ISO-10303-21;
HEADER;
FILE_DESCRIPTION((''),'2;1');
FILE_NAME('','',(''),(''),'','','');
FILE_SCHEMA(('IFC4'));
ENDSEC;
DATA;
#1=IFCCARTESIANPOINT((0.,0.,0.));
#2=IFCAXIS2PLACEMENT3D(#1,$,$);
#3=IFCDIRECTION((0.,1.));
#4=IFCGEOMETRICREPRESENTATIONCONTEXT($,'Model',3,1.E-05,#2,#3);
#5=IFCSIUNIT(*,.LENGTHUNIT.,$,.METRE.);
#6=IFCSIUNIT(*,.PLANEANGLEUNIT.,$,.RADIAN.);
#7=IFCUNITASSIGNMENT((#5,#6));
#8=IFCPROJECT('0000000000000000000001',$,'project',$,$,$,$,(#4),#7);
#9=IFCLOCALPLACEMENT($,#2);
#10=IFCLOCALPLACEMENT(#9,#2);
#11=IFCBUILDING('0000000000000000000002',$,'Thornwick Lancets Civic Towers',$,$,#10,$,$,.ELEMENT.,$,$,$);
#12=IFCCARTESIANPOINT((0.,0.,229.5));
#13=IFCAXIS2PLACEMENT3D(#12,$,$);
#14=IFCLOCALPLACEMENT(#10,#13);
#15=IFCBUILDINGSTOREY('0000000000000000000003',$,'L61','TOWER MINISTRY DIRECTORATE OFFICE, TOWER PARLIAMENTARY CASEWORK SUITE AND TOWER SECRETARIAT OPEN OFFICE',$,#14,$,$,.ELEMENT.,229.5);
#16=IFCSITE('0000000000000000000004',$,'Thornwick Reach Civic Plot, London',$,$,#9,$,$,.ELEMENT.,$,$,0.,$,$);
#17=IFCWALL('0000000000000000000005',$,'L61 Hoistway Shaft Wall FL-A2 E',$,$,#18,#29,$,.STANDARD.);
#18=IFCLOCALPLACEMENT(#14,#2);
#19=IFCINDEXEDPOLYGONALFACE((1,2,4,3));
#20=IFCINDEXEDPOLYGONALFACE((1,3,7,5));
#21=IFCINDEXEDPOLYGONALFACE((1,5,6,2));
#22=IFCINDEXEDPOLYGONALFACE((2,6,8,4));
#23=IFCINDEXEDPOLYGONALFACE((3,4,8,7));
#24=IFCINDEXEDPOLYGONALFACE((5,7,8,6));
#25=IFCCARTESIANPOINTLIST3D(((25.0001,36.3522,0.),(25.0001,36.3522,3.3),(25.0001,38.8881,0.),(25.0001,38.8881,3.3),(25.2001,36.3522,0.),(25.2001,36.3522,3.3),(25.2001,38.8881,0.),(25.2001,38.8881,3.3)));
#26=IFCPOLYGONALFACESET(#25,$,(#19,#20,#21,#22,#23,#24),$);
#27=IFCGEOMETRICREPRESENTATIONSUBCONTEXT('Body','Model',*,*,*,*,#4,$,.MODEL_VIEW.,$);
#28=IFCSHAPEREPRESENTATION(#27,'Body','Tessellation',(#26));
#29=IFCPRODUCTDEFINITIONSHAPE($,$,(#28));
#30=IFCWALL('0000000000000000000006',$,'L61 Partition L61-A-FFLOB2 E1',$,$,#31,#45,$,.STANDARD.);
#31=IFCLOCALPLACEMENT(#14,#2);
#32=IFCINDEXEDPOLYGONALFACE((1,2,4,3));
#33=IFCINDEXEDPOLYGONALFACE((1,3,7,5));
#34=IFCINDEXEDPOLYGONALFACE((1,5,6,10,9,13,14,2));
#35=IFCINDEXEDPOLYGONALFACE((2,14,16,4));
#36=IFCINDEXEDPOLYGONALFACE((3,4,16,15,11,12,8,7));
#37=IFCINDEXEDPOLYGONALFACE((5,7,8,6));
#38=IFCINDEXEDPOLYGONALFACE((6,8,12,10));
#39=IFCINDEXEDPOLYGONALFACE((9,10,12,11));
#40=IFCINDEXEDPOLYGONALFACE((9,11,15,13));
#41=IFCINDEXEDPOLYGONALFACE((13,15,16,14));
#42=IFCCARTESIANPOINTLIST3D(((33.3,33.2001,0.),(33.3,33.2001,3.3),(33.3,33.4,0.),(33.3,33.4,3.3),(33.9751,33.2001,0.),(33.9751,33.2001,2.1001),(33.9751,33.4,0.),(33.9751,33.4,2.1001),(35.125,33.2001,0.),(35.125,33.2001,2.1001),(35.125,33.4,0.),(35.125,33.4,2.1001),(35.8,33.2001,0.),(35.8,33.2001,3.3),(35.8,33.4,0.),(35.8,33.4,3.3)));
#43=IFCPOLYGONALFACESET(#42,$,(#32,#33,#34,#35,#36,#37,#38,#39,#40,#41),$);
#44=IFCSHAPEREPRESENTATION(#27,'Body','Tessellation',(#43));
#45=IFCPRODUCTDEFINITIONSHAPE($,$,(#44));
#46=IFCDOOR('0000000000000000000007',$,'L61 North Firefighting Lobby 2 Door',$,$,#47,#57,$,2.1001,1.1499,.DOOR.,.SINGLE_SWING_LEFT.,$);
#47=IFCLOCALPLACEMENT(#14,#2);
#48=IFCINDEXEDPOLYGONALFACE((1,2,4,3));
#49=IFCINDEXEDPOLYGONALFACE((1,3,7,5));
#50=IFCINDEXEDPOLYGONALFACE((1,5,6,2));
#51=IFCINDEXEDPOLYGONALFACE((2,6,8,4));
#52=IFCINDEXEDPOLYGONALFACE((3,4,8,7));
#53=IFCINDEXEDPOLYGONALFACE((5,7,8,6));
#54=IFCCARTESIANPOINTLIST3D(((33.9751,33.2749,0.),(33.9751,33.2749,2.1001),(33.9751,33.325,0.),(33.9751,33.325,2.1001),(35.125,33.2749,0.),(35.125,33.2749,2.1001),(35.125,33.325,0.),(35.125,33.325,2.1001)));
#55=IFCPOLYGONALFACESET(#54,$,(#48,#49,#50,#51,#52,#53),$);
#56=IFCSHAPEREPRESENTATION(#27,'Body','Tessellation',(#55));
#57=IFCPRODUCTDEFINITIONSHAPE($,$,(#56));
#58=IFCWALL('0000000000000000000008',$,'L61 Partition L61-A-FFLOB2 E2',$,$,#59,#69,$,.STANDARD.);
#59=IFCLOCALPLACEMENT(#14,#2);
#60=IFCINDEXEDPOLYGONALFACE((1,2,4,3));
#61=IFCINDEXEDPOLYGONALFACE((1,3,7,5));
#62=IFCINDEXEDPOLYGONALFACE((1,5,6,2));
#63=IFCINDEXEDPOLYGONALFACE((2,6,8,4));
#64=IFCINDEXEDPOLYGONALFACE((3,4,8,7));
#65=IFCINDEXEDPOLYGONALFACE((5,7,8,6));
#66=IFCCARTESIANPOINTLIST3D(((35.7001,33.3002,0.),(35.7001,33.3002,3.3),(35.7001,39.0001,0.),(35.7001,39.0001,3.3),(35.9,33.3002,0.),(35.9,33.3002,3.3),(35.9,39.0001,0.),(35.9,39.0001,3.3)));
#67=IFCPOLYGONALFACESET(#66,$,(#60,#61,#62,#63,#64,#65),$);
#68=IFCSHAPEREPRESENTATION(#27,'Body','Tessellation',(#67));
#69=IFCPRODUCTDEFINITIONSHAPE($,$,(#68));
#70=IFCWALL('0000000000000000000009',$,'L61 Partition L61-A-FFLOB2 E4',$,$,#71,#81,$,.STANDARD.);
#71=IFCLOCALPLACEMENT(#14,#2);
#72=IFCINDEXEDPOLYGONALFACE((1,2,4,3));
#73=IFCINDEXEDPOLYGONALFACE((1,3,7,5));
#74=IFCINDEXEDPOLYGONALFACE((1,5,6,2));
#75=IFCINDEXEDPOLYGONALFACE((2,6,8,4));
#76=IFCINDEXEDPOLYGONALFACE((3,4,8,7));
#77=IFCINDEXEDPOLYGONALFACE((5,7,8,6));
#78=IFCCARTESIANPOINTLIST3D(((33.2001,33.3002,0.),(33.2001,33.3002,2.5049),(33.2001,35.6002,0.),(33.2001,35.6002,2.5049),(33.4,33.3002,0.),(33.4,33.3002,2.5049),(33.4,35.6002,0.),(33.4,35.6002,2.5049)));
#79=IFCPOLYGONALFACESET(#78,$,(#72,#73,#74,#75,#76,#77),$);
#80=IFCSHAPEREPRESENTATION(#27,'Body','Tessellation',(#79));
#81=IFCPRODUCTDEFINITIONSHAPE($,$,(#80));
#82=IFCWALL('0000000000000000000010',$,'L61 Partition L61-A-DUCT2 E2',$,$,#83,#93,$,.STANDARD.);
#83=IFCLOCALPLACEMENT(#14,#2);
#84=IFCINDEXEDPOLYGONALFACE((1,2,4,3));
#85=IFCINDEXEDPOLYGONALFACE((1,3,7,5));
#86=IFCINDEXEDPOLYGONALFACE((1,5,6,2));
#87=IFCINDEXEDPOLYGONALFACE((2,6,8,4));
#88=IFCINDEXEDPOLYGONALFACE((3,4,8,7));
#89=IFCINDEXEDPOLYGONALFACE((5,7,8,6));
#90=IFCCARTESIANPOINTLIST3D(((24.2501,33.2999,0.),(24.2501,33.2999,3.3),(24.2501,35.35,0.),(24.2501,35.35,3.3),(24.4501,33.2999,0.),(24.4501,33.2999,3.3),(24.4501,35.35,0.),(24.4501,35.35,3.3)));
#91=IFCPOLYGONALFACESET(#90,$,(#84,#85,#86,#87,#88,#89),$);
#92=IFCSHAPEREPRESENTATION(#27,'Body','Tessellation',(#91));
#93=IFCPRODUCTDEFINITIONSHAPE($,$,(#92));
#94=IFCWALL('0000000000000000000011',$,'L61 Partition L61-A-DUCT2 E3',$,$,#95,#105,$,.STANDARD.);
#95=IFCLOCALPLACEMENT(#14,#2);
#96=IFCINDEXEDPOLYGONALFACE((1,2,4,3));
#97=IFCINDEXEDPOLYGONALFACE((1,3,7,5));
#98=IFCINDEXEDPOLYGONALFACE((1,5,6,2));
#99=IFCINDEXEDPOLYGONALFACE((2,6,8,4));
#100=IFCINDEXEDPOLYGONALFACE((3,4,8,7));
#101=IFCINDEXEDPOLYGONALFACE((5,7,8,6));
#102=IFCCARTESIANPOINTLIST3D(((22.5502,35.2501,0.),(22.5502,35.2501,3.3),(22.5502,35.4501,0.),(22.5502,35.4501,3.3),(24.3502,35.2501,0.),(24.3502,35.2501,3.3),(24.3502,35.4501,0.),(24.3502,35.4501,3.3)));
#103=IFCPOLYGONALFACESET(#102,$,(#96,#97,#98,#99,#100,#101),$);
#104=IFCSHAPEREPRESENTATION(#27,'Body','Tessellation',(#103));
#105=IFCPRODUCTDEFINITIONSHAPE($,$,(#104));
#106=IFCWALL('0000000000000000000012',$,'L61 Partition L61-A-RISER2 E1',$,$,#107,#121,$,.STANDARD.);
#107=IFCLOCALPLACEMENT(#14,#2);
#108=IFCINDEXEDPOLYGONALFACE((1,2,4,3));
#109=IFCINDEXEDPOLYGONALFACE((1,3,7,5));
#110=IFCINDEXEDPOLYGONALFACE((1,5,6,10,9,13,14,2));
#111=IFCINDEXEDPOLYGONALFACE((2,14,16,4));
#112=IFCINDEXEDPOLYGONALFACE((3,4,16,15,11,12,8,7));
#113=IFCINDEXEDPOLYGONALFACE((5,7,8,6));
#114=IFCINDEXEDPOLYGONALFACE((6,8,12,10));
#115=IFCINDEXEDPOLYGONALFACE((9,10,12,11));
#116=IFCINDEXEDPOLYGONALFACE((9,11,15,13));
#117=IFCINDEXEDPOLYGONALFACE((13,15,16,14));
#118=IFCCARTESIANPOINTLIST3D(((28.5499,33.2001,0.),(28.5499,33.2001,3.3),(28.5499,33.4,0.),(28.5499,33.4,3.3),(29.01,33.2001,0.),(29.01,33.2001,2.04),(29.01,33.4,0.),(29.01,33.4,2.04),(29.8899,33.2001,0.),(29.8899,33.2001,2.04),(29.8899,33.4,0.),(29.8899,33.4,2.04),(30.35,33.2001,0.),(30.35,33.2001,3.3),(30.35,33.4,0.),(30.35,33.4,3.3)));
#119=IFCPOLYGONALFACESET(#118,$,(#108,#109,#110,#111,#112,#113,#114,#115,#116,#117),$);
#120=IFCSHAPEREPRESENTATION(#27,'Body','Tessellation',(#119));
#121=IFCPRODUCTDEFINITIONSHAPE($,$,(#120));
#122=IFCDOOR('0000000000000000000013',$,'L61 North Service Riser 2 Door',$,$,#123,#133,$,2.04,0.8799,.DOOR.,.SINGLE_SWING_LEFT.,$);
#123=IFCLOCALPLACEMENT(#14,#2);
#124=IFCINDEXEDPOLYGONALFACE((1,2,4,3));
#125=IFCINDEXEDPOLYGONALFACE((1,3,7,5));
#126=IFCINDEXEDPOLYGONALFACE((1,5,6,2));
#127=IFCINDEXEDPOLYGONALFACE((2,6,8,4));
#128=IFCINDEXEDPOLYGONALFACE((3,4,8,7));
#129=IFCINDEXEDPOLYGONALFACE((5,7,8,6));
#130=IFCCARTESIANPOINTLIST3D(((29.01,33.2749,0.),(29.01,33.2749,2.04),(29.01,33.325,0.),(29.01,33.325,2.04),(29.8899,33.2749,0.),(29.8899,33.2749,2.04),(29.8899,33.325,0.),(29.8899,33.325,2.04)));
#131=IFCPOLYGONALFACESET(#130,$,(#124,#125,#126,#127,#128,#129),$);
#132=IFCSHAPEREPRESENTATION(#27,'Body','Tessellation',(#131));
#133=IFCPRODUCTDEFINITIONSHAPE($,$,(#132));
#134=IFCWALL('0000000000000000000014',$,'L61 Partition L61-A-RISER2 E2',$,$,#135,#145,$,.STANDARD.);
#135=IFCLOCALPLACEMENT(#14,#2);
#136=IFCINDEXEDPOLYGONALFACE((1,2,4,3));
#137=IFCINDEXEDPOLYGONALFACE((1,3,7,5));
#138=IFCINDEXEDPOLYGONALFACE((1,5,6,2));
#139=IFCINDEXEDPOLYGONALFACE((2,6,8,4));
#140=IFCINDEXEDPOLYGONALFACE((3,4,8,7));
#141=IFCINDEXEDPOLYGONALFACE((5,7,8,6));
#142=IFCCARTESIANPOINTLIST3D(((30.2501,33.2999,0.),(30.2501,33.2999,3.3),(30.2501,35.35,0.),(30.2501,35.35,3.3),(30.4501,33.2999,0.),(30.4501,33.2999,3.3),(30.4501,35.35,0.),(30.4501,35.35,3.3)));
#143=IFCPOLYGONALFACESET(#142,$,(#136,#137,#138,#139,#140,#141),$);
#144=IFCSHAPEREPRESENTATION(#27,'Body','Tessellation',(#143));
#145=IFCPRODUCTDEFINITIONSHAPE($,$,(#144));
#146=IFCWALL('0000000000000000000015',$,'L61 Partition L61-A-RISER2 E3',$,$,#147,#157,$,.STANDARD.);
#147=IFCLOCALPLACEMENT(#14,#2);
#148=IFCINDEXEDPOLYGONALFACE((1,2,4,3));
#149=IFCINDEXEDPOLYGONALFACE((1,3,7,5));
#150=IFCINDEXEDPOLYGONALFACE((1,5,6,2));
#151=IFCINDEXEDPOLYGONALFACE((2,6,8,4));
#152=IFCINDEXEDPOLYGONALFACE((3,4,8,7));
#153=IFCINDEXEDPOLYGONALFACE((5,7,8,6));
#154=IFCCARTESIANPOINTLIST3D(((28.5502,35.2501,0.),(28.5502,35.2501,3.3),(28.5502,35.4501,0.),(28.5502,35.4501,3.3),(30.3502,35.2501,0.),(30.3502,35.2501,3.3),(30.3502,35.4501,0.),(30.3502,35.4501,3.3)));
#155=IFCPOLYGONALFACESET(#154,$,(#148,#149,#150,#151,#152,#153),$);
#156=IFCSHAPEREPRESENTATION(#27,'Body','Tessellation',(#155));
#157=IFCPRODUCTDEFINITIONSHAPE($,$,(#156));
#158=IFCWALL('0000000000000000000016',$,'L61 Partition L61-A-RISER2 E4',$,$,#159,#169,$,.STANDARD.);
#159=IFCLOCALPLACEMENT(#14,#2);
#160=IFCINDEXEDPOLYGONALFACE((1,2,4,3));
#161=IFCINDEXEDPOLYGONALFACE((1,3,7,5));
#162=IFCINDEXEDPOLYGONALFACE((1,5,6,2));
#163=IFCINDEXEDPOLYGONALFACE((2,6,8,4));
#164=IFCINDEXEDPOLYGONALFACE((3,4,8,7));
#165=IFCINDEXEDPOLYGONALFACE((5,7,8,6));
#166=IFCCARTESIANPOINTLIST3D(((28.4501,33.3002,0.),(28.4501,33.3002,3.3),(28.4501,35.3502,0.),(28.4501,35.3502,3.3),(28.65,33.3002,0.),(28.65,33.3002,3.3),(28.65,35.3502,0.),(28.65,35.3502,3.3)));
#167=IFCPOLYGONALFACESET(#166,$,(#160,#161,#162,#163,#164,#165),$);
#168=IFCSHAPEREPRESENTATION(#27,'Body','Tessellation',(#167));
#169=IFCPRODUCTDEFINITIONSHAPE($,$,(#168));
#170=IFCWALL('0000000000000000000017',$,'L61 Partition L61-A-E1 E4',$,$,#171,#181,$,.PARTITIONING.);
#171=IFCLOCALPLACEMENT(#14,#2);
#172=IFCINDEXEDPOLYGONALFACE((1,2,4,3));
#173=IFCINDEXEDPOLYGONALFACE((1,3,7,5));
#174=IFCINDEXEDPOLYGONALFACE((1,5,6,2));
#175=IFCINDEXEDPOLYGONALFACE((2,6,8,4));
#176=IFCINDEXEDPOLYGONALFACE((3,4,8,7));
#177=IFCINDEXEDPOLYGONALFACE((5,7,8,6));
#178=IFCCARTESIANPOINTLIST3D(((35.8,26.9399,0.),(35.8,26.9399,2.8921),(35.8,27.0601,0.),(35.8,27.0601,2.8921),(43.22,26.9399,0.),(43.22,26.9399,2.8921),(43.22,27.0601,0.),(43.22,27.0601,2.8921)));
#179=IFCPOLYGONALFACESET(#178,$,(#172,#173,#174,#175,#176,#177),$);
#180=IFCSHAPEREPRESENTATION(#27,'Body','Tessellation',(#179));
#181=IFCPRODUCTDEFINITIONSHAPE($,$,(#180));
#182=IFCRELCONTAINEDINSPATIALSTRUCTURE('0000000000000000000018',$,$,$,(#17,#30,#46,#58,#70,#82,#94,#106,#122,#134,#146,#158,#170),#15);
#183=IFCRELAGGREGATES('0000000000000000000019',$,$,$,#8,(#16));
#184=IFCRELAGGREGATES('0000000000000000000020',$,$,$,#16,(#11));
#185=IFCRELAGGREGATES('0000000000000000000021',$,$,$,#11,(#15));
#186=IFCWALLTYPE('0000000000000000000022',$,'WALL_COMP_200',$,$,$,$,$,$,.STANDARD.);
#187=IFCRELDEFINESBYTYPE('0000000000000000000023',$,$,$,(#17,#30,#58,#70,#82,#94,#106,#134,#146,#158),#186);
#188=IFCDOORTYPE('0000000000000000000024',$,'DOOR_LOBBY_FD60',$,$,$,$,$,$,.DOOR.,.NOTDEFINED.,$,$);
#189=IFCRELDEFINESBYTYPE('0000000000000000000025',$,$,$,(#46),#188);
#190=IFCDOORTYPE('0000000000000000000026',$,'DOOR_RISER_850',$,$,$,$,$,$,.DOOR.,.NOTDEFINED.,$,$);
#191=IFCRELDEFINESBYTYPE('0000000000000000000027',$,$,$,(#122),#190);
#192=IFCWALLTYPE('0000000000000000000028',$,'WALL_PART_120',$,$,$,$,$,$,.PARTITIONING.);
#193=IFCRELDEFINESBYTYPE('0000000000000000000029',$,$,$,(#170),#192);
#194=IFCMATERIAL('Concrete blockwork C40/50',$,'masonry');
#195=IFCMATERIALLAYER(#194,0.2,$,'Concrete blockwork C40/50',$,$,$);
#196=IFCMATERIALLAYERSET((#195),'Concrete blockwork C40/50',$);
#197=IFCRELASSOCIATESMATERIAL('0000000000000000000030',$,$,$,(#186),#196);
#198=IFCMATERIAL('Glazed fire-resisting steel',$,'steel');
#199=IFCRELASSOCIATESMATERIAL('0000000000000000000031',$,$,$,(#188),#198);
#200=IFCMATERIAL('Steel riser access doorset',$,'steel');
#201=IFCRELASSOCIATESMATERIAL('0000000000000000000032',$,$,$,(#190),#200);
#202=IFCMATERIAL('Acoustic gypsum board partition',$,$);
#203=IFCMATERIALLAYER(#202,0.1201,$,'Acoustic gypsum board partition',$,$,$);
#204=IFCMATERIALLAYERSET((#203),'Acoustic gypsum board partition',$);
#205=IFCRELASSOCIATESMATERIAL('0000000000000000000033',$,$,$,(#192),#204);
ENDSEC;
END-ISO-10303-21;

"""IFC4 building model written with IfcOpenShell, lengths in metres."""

from ifc_helpers import new_model, si_unit, direction, frame, frame_2d, origin, place, context, subcontext, project, spatial, rectangle, extrude, material, layer, layer_set, type_object, element, fill, save


model = new_model("IFC4")

# Units and contexts
model_context = context("Model", 3, precision=1e-05, world=origin(), true_north=direction((0.0, 1.0)))
body_context = subcontext(model_context, "Body", "Model", "MODEL_VIEW")
ifc_project = project(units=[si_unit("LENGTHUNIT", "METRE"), si_unit("PLANEANGLEUNIT", "RADIAN")], contexts=[model_context])

# Site, building, storey
site_placement = place(None, origin())
site = spatial("IfcSite", under=ifc_project, at=site_placement, Name="Thornwick Reach Civic Plot, London", CompositionType="ELEMENT", RefElevation=0.0)
building_placement = place(site_placement, origin())
building = spatial("IfcBuilding", under=site, at=building_placement, Name="Thornwick Lancets Civic Towers", CompositionType="ELEMENT")
storey_placement = place(building_placement, frame((0.0, 0.0, 229.5)))
storey = spatial("IfcBuildingStorey", under=building, at=storey_placement, Name="L61", Description="TOWER MINISTRY DIRECTORATE OFFICE, TOWER PARLIAMENTARY CASEWORK SUITE AND TOWER SECRETARIAT OPEN OFFICE", CompositionType="ELEMENT", Elevation=229.5)

# Wall
ifc_material_1 = material(Name="Concrete blockwork C40/50", Category="masonry")
ifc_layer_1 = layer(ifc_material_1, 0.2, Name="Concrete blockwork C40/50")
ifc_layer_set_1 = layer_set([ifc_layer_1], Name="Concrete blockwork C40/50")
wall_type_1 = type_object("IfcWallType", Name="WALL_COMP_200", PredefinedType="STANDARD", material=ifc_layer_set_1)
wall_1_placement = place(storey_placement, frame((25.1001, 36.3521, 0.0), z_axis=(0.0, 0.0, 1.0), x_axis=(0.0, 1.0, 0.0)))
element("IfcWall", 1, at=wall_1_placement, inside=storey, type_object=wall_type_1, Name="L61 Hoistway Shaft Wall FL-A2 E", PredefinedType="STANDARD", context=body_context, shape_type="SweptSolid", body=[
    extrude(rectangle(XDim=2.5359, YDim=0.2, at=frame_2d((1.2681, 0.0))), origin(), (0.0, 0.0, 1.0), 3.3),
])

# Wall, opening, door
wall_2_placement = place(storey_placement, frame((33.3, 33.3, 0.0), z_axis=(0.0, 0.0, 1.0), x_axis=(1.0, 0.0, 0.0)))
wall_2 = element("IfcWall", 2, at=wall_2_placement, inside=storey, type_object=wall_type_1, Name="L61 Partition L61-A-FFLOB2 E1", PredefinedType="STANDARD", context=body_context, shape_type="SweptSolid", body=[
    extrude(rectangle(XDim=2.5, YDim=0.2, at=frame_2d((1.25, 0.0))), origin(), (0.0, 0.0, 1.0), 3.3),
])
opening_1_placement = place(wall_2_placement, frame((0.675, 0.0, 0.0)))
opening_1 = element("IfcOpeningElement", 3, at=opening_1_placement, cuts=wall_2, PredefinedType="OPENING", context=body_context, shape_type="SweptSolid", body=[
    extrude(rectangle(XDim=1.1499, YDim=2.1001, at=frame_2d((0.575, 1.05))), frame((0.0, 0.1099, 0.0), z_axis=(0.0, -1.0, 0.0), x_axis=(1.0, 0.0, 0.0)), (0.0, 0.0, 1.0), 0.22),
])
ifc_material_2 = material(Name="Glazed fire-resisting steel", Category="steel")
door_type_1 = type_object("IfcDoorType", Name="DOOR_LOBBY_FD60", OperationType="NOTDEFINED", PredefinedType="DOOR", material=ifc_material_2)
door_1_placement = place(opening_1_placement, origin())
door_1 = element("IfcDoor", 4, at=door_1_placement, inside=storey, type_object=door_type_1, Name="L61 North Firefighting Lobby 2 Door", OperationType="SINGLE_SWING_LEFT", OverallHeight=2.1001, OverallWidth=1.1499, PredefinedType="DOOR", context=body_context, shape_type="SweptSolid", body=[
    extrude(rectangle(XDim=1.1499, YDim=2.1001, at=frame_2d((0.575, 1.05))), frame((0.0, 0.0249, 0.0), z_axis=(0.0, -1.0, 0.0), x_axis=(1.0, 0.0, 0.0)), (0.0, 0.0, 1.0), 0.05),
])
fill(opening_1, door_1)

# Walls
wall_3_placement = place(storey_placement, frame((35.8, 33.3, 0.0), z_axis=(0.0, 0.0, 1.0), x_axis=(0.0, 1.0, 0.0)))
element("IfcWall", 5, at=wall_3_placement, inside=storey, type_object=wall_type_1, Name="L61 Partition L61-A-FFLOB2 E2", PredefinedType="STANDARD", context=body_context, shape_type="SweptSolid", body=[
    extrude(rectangle(XDim=5.7, YDim=0.2, at=frame_2d((2.8501, 0.0))), origin(), (0.0, 0.0, 1.0), 3.3),
])
wall_4_placement = place(storey_placement, frame((33.3, 35.6001, 0.0), z_axis=(0.0, 0.0, 1.0), x_axis=(0.0, -1.0, 0.0)))
element("IfcWall", 6, at=wall_4_placement, inside=storey, type_object=wall_type_1, Name="L61 Partition L61-A-FFLOB2 E4", PredefinedType="STANDARD", context=body_context, shape_type="SweptSolid", body=[
    extrude(rectangle(XDim=2.3, YDim=0.2, at=frame_2d((1.1499, 0.0))), origin(), (0.0, 0.0, 1.0), 2.5049),
])
wall_5_placement = place(storey_placement, frame((24.3501, 33.3, 0.0), z_axis=(0.0, 0.0, 1.0), x_axis=(0.0, 1.0, 0.0)))
element("IfcWall", 7, at=wall_5_placement, inside=storey, type_object=wall_type_1, Name="L61 Partition L61-A-DUCT2 E2", PredefinedType="STANDARD", context=body_context, shape_type="SweptSolid", body=[
    extrude(rectangle(XDim=2.05, YDim=0.2, at=frame_2d((1.0249, 0.0))), origin(), (0.0, 0.0, 1.0), 3.3),
])
wall_6_placement = place(storey_placement, frame((24.3501, 35.3501, 0.0), z_axis=(0.0, 0.0, 1.0), x_axis=(-1.0, 0.0, 0.0)))
element("IfcWall", 8, at=wall_6_placement, inside=storey, type_object=wall_type_1, Name="L61 Partition L61-A-DUCT2 E3", PredefinedType="STANDARD", context=body_context, shape_type="SweptSolid", body=[
    extrude(rectangle(XDim=1.8, YDim=0.2, at=frame_2d((0.8999, 0.0))), origin(), (0.0, 0.0, 1.0), 3.3),
])

# Wall, opening, door
wall_7_placement = place(storey_placement, frame((28.55, 33.3, 0.0), z_axis=(0.0, 0.0, 1.0), x_axis=(1.0, 0.0, 0.0)))
wall_7 = element("IfcWall", 9, at=wall_7_placement, inside=storey, type_object=wall_type_1, Name="L61 Partition L61-A-RISER2 E1", PredefinedType="STANDARD", context=body_context, shape_type="SweptSolid", body=[
    extrude(rectangle(XDim=1.8, YDim=0.2, at=frame_2d((0.8999, 0.0))), origin(), (0.0, 0.0, 1.0), 3.3),
])
opening_2_placement = place(wall_7_placement, frame((0.46, 0.0, 0.0)))
opening_2 = element("IfcOpeningElement", 10, at=opening_2_placement, cuts=wall_7, PredefinedType="OPENING", context=body_context, shape_type="SweptSolid", body=[
    extrude(rectangle(XDim=0.8799, YDim=2.04, at=frame_2d((0.4399, 1.02))), frame((0.0, 0.1099, 0.0), z_axis=(0.0, -1.0, 0.0), x_axis=(1.0, 0.0, 0.0)), (0.0, 0.0, 1.0), 0.22),
])
ifc_material_3 = material(Name="Steel riser access doorset", Category="steel")
door_type_2 = type_object("IfcDoorType", Name="DOOR_RISER_850", OperationType="NOTDEFINED", PredefinedType="DOOR", material=ifc_material_3)
door_2_placement = place(opening_2_placement, origin())
door_2 = element("IfcDoor", 11, at=door_2_placement, inside=storey, type_object=door_type_2, Name="L61 North Service Riser 2 Door", OperationType="SINGLE_SWING_LEFT", OverallHeight=2.04, OverallWidth=0.8799, PredefinedType="DOOR", context=body_context, shape_type="SweptSolid", body=[
    extrude(rectangle(XDim=0.8799, YDim=2.04, at=frame_2d((0.4399, 1.02))), frame((0.0, 0.0249, 0.0), z_axis=(0.0, -1.0, 0.0), x_axis=(1.0, 0.0, 0.0)), (0.0, 0.0, 1.0), 0.05),
])
fill(opening_2, door_2)

# Walls
wall_8_placement = place(storey_placement, frame((30.3501, 33.3, 0.0), z_axis=(0.0, 0.0, 1.0), x_axis=(0.0, 1.0, 0.0)))
element("IfcWall", 12, at=wall_8_placement, inside=storey, type_object=wall_type_1, Name="L61 Partition L61-A-RISER2 E2", PredefinedType="STANDARD", context=body_context, shape_type="SweptSolid", body=[
    extrude(rectangle(XDim=2.05, YDim=0.2, at=frame_2d((1.0249, 0.0))), origin(), (0.0, 0.0, 1.0), 3.3),
])
wall_9_placement = place(storey_placement, frame((30.3501, 35.3501, 0.0), z_axis=(0.0, 0.0, 1.0), x_axis=(-1.0, 0.0, 0.0)))
element("IfcWall", 13, at=wall_9_placement, inside=storey, type_object=wall_type_1, Name="L61 Partition L61-A-RISER2 E3", PredefinedType="STANDARD", context=body_context, shape_type="SweptSolid", body=[
    extrude(rectangle(XDim=1.8, YDim=0.2, at=frame_2d((0.8999, 0.0))), origin(), (0.0, 0.0, 1.0), 3.3),
])
wall_10_placement = place(storey_placement, frame((28.55, 35.3501, 0.0), z_axis=(0.0, 0.0, 1.0), x_axis=(0.0, -1.0, 0.0)))
element("IfcWall", 14, at=wall_10_placement, inside=storey, type_object=wall_type_1, Name="L61 Partition L61-A-RISER2 E4", PredefinedType="STANDARD", context=body_context, shape_type="SweptSolid", body=[
    extrude(rectangle(XDim=2.05, YDim=0.2, at=frame_2d((1.0249, 0.0))), origin(), (0.0, 0.0, 1.0), 3.3),
])
ifc_material_4 = material(Name="Acoustic gypsum board partition")
ifc_layer_2 = layer(ifc_material_4, 0.1201, Name="Acoustic gypsum board partition")
ifc_layer_set_2 = layer_set([ifc_layer_2], Name="Acoustic gypsum board partition")
wall_type_2 = type_object("IfcWallType", Name="WALL_PART_120", PredefinedType="PARTITIONING", material=ifc_layer_set_2)
wall_11_placement = place(storey_placement, frame((35.8, 27.0, 0.0), z_axis=(0.0, 0.0, 1.0), x_axis=(1.0, 0.0, 0.0)))
element("IfcWall", 15, at=wall_11_placement, inside=storey, type_object=wall_type_2, Name="L61 Partition L61-A-E1 E4", PredefinedType="PARTITIONING", context=body_context, shape_type="SweptSolid", body=[
    extrude(rectangle(XDim=7.4199, YDim=0.1201, at=frame_2d((3.71, 0.0))), origin(), (0.0, 0.0, 1.0), 2.8921),
])

save(model, "model.ifc")
